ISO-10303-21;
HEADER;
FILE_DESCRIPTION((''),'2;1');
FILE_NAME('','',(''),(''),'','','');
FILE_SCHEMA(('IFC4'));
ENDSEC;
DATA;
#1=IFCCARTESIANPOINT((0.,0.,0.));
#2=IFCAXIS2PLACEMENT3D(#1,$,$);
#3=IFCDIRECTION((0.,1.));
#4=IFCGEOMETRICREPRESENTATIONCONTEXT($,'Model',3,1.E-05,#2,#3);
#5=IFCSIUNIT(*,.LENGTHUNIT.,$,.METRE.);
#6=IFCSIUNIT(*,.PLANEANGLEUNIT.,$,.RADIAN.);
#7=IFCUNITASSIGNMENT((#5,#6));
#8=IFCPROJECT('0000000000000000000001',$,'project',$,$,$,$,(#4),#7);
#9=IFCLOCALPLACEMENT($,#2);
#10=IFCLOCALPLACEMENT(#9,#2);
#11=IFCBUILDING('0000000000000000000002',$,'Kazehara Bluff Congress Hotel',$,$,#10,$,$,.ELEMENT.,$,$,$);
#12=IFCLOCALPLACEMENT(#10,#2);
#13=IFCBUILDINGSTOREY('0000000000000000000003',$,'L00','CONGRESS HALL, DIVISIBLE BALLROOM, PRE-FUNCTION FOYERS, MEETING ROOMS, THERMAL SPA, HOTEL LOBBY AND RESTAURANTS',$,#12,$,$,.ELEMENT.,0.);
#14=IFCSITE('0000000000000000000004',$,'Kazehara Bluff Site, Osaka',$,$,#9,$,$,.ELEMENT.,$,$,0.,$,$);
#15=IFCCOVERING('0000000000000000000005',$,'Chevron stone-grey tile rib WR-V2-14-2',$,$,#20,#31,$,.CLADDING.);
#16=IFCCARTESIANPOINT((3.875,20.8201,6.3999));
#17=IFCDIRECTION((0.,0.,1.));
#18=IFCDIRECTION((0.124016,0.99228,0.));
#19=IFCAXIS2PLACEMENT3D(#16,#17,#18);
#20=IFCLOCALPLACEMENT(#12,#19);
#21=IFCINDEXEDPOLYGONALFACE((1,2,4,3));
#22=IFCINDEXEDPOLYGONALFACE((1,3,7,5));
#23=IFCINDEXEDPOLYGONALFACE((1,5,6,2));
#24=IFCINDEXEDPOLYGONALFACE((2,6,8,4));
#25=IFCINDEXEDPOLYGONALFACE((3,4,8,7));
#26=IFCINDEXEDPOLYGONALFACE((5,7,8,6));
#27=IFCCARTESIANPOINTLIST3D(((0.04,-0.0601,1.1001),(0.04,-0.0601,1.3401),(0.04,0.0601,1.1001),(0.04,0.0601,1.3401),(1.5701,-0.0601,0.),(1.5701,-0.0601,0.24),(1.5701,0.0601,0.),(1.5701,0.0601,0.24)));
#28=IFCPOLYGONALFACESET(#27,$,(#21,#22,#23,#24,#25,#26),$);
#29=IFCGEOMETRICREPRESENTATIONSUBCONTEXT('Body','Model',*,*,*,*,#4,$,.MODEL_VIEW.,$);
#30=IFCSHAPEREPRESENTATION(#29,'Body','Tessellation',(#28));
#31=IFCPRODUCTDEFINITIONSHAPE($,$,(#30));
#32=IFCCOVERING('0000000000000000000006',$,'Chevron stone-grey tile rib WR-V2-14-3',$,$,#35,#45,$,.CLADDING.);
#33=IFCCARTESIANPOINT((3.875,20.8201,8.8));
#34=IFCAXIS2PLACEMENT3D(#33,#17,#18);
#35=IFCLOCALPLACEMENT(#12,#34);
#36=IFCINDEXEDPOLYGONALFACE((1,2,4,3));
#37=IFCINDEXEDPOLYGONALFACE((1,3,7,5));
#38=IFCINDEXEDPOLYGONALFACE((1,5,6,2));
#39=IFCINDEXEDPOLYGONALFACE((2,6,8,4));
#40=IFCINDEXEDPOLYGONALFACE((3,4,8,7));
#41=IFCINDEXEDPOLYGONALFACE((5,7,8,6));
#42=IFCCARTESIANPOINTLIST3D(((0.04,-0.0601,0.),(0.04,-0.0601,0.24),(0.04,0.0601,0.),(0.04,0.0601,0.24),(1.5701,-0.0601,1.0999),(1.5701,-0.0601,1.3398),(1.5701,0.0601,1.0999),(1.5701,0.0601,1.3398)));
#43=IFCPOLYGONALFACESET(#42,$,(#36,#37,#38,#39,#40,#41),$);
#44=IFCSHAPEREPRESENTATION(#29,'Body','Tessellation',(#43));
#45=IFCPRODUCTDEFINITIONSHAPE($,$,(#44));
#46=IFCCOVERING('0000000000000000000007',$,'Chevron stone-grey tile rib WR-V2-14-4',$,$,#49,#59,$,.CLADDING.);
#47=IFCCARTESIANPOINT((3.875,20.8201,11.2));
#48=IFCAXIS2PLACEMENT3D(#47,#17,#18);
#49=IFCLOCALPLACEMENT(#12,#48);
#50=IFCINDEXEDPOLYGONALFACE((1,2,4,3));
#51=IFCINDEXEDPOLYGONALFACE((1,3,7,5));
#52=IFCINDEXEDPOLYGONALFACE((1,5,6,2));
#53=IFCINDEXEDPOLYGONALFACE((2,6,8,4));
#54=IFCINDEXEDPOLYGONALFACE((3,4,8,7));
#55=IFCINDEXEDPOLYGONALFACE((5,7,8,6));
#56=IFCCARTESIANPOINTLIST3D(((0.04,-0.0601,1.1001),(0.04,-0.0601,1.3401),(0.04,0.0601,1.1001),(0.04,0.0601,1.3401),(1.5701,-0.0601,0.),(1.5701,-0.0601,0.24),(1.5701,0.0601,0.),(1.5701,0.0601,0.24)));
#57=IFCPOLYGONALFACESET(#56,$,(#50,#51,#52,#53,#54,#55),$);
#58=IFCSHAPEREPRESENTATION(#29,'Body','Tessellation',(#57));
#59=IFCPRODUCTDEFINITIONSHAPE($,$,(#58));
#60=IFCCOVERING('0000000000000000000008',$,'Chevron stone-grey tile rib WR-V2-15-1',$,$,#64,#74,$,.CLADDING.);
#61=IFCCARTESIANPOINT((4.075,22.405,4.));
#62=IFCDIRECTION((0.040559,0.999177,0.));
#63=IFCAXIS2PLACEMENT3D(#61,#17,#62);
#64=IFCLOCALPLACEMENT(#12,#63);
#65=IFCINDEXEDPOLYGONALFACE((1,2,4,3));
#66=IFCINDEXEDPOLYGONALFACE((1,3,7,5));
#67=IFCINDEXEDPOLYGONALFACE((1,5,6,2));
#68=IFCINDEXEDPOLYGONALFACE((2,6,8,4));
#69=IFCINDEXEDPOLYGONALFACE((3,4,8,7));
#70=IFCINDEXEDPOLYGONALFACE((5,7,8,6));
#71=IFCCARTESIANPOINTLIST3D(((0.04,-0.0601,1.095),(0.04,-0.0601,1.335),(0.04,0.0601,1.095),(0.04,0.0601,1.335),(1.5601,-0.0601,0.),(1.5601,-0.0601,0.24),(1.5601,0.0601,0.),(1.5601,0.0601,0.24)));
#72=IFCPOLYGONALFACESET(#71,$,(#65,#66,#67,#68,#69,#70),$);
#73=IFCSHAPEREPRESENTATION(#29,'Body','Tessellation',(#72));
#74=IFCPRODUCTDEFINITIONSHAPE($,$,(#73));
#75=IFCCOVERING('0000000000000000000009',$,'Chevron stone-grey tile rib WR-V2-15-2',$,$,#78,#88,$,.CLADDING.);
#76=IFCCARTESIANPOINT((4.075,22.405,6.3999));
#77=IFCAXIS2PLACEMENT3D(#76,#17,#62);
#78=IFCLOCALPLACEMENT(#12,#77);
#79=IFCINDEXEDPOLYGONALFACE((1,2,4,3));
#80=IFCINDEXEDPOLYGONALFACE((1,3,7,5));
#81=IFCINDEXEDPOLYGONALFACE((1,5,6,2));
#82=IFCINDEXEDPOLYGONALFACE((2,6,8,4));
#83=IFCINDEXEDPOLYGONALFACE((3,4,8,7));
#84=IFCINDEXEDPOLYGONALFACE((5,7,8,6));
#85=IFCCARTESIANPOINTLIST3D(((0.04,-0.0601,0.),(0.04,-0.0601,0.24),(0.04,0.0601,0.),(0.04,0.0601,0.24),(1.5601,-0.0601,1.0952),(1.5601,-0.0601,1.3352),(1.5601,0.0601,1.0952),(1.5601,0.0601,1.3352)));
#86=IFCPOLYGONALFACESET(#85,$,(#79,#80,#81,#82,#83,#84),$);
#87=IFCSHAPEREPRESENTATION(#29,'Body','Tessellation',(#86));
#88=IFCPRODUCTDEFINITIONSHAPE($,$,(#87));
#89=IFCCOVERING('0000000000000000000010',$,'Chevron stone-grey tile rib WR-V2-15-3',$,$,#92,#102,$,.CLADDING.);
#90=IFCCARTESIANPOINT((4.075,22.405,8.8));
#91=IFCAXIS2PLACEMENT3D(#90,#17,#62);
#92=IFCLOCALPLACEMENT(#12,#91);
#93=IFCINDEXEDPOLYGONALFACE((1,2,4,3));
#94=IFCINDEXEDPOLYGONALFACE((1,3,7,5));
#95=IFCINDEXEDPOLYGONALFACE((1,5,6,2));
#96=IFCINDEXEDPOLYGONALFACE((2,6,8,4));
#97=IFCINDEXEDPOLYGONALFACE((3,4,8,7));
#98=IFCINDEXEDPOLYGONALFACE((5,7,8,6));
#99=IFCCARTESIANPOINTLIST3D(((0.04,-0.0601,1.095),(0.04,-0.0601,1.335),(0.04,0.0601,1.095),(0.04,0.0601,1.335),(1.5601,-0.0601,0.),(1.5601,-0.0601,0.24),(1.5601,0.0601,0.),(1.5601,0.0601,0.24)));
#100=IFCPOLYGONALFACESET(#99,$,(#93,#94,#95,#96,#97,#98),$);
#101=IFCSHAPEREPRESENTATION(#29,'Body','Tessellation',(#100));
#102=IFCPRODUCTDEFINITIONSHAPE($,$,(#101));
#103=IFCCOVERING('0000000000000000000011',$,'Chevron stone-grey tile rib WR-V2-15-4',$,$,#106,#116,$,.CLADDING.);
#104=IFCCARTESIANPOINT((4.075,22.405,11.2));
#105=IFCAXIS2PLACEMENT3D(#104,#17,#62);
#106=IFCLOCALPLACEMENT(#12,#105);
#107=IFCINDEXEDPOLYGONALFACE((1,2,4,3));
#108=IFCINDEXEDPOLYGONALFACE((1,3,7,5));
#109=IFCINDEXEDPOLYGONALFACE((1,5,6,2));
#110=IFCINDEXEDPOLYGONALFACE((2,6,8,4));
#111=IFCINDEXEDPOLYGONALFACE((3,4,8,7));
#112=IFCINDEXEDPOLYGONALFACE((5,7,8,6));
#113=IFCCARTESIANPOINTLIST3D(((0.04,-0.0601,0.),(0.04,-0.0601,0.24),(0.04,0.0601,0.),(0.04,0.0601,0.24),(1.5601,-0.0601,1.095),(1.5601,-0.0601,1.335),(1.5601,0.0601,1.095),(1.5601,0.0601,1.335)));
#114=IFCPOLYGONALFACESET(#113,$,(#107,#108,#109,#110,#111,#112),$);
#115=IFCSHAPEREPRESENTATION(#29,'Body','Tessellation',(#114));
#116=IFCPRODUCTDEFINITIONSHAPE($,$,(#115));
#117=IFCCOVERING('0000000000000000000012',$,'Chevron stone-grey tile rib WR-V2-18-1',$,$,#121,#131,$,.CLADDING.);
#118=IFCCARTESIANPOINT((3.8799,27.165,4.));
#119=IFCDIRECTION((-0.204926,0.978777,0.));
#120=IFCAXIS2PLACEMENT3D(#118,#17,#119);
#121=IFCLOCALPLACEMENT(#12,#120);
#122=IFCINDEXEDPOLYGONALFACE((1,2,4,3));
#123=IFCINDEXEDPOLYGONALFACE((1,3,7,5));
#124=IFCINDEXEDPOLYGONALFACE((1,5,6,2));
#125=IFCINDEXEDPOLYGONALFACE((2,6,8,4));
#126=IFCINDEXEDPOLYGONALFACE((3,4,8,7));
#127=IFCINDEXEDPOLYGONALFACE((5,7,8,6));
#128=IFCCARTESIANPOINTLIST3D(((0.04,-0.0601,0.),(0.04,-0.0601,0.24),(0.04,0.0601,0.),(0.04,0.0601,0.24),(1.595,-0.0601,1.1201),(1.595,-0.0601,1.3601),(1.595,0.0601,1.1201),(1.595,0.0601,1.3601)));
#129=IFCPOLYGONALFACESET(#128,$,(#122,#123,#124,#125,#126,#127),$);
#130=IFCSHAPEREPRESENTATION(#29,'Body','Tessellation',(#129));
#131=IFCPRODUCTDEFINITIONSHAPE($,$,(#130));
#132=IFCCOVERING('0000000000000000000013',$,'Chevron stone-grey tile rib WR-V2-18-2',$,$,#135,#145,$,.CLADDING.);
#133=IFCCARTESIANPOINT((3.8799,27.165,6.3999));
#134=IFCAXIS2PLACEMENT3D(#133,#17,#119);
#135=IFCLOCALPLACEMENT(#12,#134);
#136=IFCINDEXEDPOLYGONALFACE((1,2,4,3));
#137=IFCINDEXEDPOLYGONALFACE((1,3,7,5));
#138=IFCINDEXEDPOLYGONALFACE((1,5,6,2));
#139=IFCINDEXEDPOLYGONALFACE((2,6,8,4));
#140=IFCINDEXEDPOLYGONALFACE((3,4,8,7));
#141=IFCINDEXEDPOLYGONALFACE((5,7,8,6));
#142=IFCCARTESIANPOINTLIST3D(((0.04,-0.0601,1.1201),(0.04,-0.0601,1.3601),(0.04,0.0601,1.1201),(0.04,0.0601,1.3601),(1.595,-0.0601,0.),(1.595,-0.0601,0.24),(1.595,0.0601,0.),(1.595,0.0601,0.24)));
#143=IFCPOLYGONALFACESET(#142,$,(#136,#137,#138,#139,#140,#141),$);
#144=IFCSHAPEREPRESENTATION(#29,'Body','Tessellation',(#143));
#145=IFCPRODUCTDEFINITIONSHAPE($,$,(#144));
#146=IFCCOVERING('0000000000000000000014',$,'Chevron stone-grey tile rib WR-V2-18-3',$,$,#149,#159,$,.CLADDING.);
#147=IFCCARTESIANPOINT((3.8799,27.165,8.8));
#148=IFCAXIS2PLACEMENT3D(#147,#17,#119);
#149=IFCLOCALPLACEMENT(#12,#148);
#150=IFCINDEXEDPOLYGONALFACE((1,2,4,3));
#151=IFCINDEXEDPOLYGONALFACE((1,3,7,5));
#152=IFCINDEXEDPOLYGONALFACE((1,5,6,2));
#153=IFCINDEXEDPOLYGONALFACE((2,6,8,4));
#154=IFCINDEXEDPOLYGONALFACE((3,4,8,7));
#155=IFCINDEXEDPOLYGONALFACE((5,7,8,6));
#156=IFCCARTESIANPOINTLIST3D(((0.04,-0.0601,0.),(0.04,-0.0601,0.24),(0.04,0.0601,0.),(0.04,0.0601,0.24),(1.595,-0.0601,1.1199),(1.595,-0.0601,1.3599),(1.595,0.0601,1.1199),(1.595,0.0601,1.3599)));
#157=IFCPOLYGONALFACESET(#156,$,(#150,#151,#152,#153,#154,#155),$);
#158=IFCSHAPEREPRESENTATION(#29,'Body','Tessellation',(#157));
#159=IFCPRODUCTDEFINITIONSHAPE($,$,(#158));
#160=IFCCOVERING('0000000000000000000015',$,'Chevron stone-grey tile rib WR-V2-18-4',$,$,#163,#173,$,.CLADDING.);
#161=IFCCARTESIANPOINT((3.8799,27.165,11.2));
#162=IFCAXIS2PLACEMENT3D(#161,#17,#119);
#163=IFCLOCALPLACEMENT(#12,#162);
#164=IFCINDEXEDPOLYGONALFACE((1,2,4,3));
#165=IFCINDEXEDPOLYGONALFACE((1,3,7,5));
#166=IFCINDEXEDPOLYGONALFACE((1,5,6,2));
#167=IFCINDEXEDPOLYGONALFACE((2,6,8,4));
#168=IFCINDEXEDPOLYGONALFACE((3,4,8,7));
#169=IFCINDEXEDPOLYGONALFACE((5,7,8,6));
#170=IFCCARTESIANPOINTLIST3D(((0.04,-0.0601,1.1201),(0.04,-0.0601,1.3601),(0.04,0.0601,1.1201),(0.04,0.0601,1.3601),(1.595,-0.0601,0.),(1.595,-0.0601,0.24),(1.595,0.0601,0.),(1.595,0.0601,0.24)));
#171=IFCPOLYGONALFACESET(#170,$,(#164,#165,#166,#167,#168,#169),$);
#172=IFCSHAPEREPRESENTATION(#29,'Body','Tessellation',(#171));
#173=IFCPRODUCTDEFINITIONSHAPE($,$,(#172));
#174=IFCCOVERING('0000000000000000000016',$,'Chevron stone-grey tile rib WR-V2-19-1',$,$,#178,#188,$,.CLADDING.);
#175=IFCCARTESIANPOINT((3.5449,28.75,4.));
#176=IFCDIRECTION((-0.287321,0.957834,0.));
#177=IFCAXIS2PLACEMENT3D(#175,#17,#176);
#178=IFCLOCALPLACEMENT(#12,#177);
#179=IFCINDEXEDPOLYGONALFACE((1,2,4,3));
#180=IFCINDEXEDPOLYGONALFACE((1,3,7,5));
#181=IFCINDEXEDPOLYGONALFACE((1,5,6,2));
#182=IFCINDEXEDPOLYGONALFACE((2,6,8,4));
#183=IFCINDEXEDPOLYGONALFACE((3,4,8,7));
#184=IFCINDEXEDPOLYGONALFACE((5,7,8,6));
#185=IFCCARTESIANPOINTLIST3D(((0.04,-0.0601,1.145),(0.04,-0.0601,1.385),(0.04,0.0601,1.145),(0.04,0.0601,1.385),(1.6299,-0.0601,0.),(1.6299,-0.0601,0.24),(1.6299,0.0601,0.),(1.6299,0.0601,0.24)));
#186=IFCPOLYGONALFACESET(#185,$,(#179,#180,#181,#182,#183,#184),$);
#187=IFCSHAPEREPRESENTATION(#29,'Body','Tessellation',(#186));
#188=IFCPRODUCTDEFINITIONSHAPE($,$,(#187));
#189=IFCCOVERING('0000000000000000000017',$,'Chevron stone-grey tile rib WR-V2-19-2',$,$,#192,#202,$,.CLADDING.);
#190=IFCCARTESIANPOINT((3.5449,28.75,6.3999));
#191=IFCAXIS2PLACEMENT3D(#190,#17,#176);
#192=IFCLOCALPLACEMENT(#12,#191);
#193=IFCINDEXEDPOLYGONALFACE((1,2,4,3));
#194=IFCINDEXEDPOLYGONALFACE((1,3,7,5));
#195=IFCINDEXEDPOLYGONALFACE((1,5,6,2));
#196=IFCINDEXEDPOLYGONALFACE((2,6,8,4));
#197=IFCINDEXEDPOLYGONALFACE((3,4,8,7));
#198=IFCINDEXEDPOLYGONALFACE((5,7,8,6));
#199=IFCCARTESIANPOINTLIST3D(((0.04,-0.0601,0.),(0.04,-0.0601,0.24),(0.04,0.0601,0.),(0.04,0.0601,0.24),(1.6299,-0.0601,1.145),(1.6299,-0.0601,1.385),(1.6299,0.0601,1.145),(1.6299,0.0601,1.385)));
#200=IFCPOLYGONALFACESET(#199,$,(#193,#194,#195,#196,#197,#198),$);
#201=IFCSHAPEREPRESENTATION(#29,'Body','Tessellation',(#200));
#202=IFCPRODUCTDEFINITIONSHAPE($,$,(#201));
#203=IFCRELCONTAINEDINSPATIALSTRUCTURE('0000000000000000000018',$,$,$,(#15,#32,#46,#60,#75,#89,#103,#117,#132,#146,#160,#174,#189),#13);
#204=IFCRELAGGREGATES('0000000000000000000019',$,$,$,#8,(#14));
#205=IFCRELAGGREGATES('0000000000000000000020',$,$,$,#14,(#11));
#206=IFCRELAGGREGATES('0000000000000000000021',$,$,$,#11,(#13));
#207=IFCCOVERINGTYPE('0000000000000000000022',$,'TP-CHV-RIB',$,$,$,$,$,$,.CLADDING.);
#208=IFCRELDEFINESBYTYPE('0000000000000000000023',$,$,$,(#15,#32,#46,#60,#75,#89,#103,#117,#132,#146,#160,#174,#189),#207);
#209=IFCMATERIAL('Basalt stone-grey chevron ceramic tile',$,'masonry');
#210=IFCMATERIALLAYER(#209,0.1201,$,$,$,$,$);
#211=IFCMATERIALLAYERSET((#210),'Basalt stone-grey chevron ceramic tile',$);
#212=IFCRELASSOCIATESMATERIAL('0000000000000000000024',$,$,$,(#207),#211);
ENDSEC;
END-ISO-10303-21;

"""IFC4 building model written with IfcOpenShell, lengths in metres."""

from ifc_helpers import new_model, si_unit, direction, frame, origin, place, context, subcontext, project, spatial, polyline, outline, extrude, material, layer, layer_set, type_object, element, save


model = new_model("IFC4")

# Units and contexts
model_context = context("Model", 3, precision=1e-05, world=origin(), true_north=direction((0.0, 1.0)))
body_context = subcontext(model_context, "Body", "Model", "MODEL_VIEW")
ifc_project = project(units=[si_unit("LENGTHUNIT", "METRE"), si_unit("PLANEANGLEUNIT", "RADIAN")], contexts=[model_context])

# Site, building, storey
site_placement = place(None, origin())
site = spatial("IfcSite", under=ifc_project, at=site_placement, Name="Kazehara Bluff Site, Osaka", CompositionType="ELEMENT", RefElevation=0.0)
building_placement = place(site_placement, origin())
building = spatial("IfcBuilding", under=site, at=building_placement, Name="Kazehara Bluff Congress Hotel", CompositionType="ELEMENT")
storey_placement = place(building_placement, origin())
storey = spatial("IfcBuildingStorey", under=building, at=storey_placement, Name="L00", Description="CONGRESS HALL, DIVISIBLE BALLROOM, PRE-FUNCTION FOYERS, MEETING ROOMS, THERMAL SPA, HOTEL LOBBY AND RESTAURANTS", CompositionType="ELEMENT", Elevation=0.0)

# Coverings
ifc_material_1 = material(Name="Basalt stone-grey chevron ceramic tile", Category="masonry")
ifc_layer_1 = layer(ifc_material_1, 0.1201)
ifc_layer_set_1 = layer_set([ifc_layer_1], Name="Basalt stone-grey chevron ceramic tile")
covering_type_1 = type_object("IfcCoveringType", Name="TP-CHV-RIB", PredefinedType="CLADDING", material=ifc_layer_set_1)
covering_1_placement = place(storey_placement, frame((3.875, 20.8201, 6.3999), z_axis=(0.0, 0.0, 1.0), x_axis=(0.124016, 0.99228, 0.0)))
element("IfcCovering", 1, at=covering_1_placement, inside=storey, type_object=covering_type_1, Name="Chevron stone-grey tile rib WR-V2-14-2", PredefinedType="CLADDING", context=body_context, shape_type="SweptSolid", body=[
    extrude(outline(polyline([(0.04, 1.1001), (1.5701, 0.0), (1.5701, 0.24), (0.04, 1.3401), (0.04, 1.1001)])), frame((0.0, 0.0601, 0.0), z_axis=(0.0, -1.0, 0.0), x_axis=(1.0, 0.0, 0.0)), (0.0, 0.0, 1.0), 0.1201),
])
covering_2_placement = place(storey_placement, frame((3.875, 20.8201, 8.8), z_axis=(0.0, 0.0, 1.0), x_axis=(0.124016, 0.99228, 0.0)))
element("IfcCovering", 2, at=covering_2_placement, inside=storey, type_object=covering_type_1, Name="Chevron stone-grey tile rib WR-V2-14-3", PredefinedType="CLADDING", context=body_context, shape_type="SweptSolid", body=[
    extrude(outline(polyline([(0.04, 0.0), (1.5701, 1.0999), (1.5701, 1.3398), (0.04, 0.24), (0.04, 0.0)])), frame((0.0, 0.0601, 0.0), z_axis=(0.0, -1.0, 0.0), x_axis=(1.0, 0.0, 0.0)), (0.0, 0.0, 1.0), 0.1201),
])
covering_3_placement = place(storey_placement, frame((3.875, 20.8201, 11.2), z_axis=(0.0, 0.0, 1.0), x_axis=(0.124016, 0.99228, 0.0)))
element("IfcCovering", 3, at=covering_3_placement, inside=storey, type_object=covering_type_1, Name="Chevron stone-grey tile rib WR-V2-14-4", PredefinedType="CLADDING", context=body_context, shape_type="SweptSolid", body=[
    extrude(outline(polyline([(0.04, 1.1001), (1.5701, 0.0), (1.5701, 0.24), (0.04, 1.3401), (0.04, 1.1001)])), frame((0.0, 0.0601, 0.0), z_axis=(0.0, -1.0, 0.0), x_axis=(1.0, 0.0, 0.0)), (0.0, 0.0, 1.0), 0.1201),
])
covering_4_placement = place(storey_placement, frame((4.075, 22.405, 4.0), z_axis=(0.0, 0.0, 1.0), x_axis=(0.040559, 0.999177, 0.0)))
element("IfcCovering", 4, at=covering_4_placement, inside=storey, type_object=covering_type_1, Name="Chevron stone-grey tile rib WR-V2-15-1", PredefinedType="CLADDING", context=body_context, shape_type="SweptSolid", body=[
    extrude(outline(polyline([(0.04, 1.095), (1.5601, 0.0), (1.5601, 0.24), (0.04, 1.335), (0.04, 1.095)])), frame((0.0, 0.0601, 0.0), z_axis=(0.0, -1.0, 0.0), x_axis=(1.0, 0.0, 0.0)), (0.0, 0.0, 1.0), 0.1201),
])
covering_5_placement = place(storey_placement, frame((4.075, 22.405, 6.3999), z_axis=(0.0, 0.0, 1.0), x_axis=(0.040559, 0.999177, 0.0)))
element("IfcCovering", 5, at=covering_5_placement, inside=storey, type_object=covering_type_1, Name="Chevron stone-grey tile rib WR-V2-15-2", PredefinedType="CLADDING", context=body_context, shape_type="SweptSolid", body=[
    extrude(outline(polyline([(0.04, 0.0), (1.5601, 1.0952), (1.5601, 1.3352), (0.04, 0.24), (0.04, 0.0)])), frame((0.0, 0.0601, 0.0), z_axis=(0.0, -1.0, 0.0), x_axis=(1.0, 0.0, 0.0)), (0.0, 0.0, 1.0), 0.1201),
])
covering_6_placement = place(storey_placement, frame((4.075, 22.405, 8.8), z_axis=(0.0, 0.0, 1.0), x_axis=(0.040559, 0.999177, 0.0)))
element("IfcCovering", 6, at=covering_6_placement, inside=storey, type_object=covering_type_1, Name="Chevron stone-grey tile rib WR-V2-15-3", PredefinedType="CLADDING", context=body_context, shape_type="SweptSolid", body=[
    extrude(outline(polyline([(0.04, 1.095), (1.5601, 0.0), (1.5601, 0.24), (0.04, 1.335), (0.04, 1.095)])), frame((0.0, 0.0601, 0.0), z_axis=(0.0, -1.0, 0.0), x_axis=(1.0, 0.0, 0.0)), (0.0, 0.0, 1.0), 0.1201),
])
covering_7_placement = place(storey_placement, frame((4.075, 22.405, 11.2), z_axis=(0.0, 0.0, 1.0), x_axis=(0.040559, 0.999177, 0.0)))
element("IfcCovering", 7, at=covering_7_placement, inside=storey, type_object=covering_type_1, Name="Chevron stone-grey tile rib WR-V2-15-4", PredefinedType="CLADDING", context=body_context, shape_type="SweptSolid", body=[
    extrude(outline(polyline([(0.04, 0.0), (1.5601, 1.095), (1.5601, 1.335), (0.04, 0.24), (0.04, 0.0)])), frame((0.0, 0.0601, 0.0), z_axis=(0.0, -1.0, 0.0), x_axis=(1.0, 0.0, 0.0)), (0.0, 0.0, 1.0), 0.1201),
])
covering_8_placement = place(storey_placement, frame((3.8799, 27.165, 4.0), z_axis=(0.0, 0.0, 1.0), x_axis=(-0.204926, 0.978777, 0.0)))
element("IfcCovering", 8, at=covering_8_placement, inside=storey, type_object=covering_type_1, Name="Chevron stone-grey tile rib WR-V2-18-1", PredefinedType="CLADDING", context=body_context, shape_type="SweptSolid", body=[
    extrude(outline(polyline([(0.04, 0.0), (1.595, 1.1201), (1.595, 1.3601), (0.04, 0.24), (0.04, 0.0)])), frame((0.0, 0.0601, 0.0), z_axis=(0.0, -1.0, 0.0), x_axis=(1.0, 0.0, 0.0)), (0.0, 0.0, 1.0), 0.1201),
])
covering_9_placement = place(storey_placement, frame((3.8799, 27.165, 6.3999), z_axis=(0.0, 0.0, 1.0), x_axis=(-0.204926, 0.978777, 0.0)))
element("IfcCovering", 9, at=covering_9_placement, inside=storey, type_object=covering_type_1, Name="Chevron stone-grey tile rib WR-V2-18-2", PredefinedType="CLADDING", context=body_context, shape_type="SweptSolid", body=[
    extrude(outline(polyline([(0.04, 1.1201), (1.595, 0.0), (1.595, 0.24), (0.04, 1.3601), (0.04, 1.1201)])), frame((0.0, 0.0601, 0.0), z_axis=(0.0, -1.0, 0.0), x_axis=(1.0, 0.0, 0.0)), (0.0, 0.0, 1.0), 0.1201),
])
covering_10_placement = place(storey_placement, frame((3.8799, 27.165, 8.8), z_axis=(0.0, 0.0, 1.0), x_axis=(-0.204926, 0.978777, 0.0)))
element("IfcCovering", 10, at=covering_10_placement, inside=storey, type_object=covering_type_1, Name="Chevron stone-grey tile rib WR-V2-18-3", PredefinedType="CLADDING", context=body_context, shape_type="SweptSolid", body=[
    extrude(outline(polyline([(0.04, 0.0), (1.595, 1.1199), (1.595, 1.3599), (0.04, 0.24), (0.04, 0.0)])), frame((0.0, 0.0601, 0.0), z_axis=(0.0, -1.0, 0.0), x_axis=(1.0, 0.0, 0.0)), (0.0, 0.0, 1.0), 0.1201),
])
covering_11_placement = place(storey_placement, frame((3.8799, 27.165, 11.2), z_axis=(0.0, 0.0, 1.0), x_axis=(-0.204926, 0.978777, 0.0)))
element("IfcCovering", 11, at=covering_11_placement, inside=storey, type_object=covering_type_1, Name="Chevron stone-grey tile rib WR-V2-18-4", PredefinedType="CLADDING", context=body_context, shape_type="SweptSolid", body=[
    extrude(outline(polyline([(0.04, 1.1201), (1.595, 0.0), (1.595, 0.24), (0.04, 1.3601), (0.04, 1.1201)])), frame((0.0, 0.0601, 0.0), z_axis=(0.0, -1.0, 0.0), x_axis=(1.0, 0.0, 0.0)), (0.0, 0.0, 1.0), 0.1201),
])
covering_12_placement = place(storey_placement, frame((3.5449, 28.75, 4.0), z_axis=(0.0, 0.0, 1.0), x_axis=(-0.287321, 0.957834, 0.0)))
element("IfcCovering", 12, at=covering_12_placement, inside=storey, type_object=covering_type_1, Name="Chevron stone-grey tile rib WR-V2-19-1", PredefinedType="CLADDING", context=body_context, shape_type="SweptSolid", body=[
    extrude(outline(polyline([(0.04, 1.145), (1.6299, 0.0), (1.6299, 0.24), (0.04, 1.385), (0.04, 1.145)])), frame((0.0, 0.0601, 0.0), z_axis=(0.0, -1.0, 0.0), x_axis=(1.0, 0.0, 0.0)), (0.0, 0.0, 1.0), 0.1201),
])
covering_13_placement = place(storey_placement, frame((3.5449, 28.75, 6.3999), z_axis=(0.0, 0.0, 1.0), x_axis=(-0.287321, 0.957834, 0.0)))
element("IfcCovering", 13, at=covering_13_placement, inside=storey, type_object=covering_type_1, Name="Chevron stone-grey tile rib WR-V2-19-2", PredefinedType="CLADDING", context=body_context, shape_type="SweptSolid", body=[
    extrude(outline(polyline([(0.04, 0.0), (1.6299, 1.145), (1.6299, 1.385), (0.04, 0.24), (0.04, 0.0)])), frame((0.0, 0.0601, 0.0), z_axis=(0.0, -1.0, 0.0), x_axis=(1.0, 0.0, 0.0)), (0.0, 0.0, 1.0), 0.1201),
])

save(model, "model.ifc")
